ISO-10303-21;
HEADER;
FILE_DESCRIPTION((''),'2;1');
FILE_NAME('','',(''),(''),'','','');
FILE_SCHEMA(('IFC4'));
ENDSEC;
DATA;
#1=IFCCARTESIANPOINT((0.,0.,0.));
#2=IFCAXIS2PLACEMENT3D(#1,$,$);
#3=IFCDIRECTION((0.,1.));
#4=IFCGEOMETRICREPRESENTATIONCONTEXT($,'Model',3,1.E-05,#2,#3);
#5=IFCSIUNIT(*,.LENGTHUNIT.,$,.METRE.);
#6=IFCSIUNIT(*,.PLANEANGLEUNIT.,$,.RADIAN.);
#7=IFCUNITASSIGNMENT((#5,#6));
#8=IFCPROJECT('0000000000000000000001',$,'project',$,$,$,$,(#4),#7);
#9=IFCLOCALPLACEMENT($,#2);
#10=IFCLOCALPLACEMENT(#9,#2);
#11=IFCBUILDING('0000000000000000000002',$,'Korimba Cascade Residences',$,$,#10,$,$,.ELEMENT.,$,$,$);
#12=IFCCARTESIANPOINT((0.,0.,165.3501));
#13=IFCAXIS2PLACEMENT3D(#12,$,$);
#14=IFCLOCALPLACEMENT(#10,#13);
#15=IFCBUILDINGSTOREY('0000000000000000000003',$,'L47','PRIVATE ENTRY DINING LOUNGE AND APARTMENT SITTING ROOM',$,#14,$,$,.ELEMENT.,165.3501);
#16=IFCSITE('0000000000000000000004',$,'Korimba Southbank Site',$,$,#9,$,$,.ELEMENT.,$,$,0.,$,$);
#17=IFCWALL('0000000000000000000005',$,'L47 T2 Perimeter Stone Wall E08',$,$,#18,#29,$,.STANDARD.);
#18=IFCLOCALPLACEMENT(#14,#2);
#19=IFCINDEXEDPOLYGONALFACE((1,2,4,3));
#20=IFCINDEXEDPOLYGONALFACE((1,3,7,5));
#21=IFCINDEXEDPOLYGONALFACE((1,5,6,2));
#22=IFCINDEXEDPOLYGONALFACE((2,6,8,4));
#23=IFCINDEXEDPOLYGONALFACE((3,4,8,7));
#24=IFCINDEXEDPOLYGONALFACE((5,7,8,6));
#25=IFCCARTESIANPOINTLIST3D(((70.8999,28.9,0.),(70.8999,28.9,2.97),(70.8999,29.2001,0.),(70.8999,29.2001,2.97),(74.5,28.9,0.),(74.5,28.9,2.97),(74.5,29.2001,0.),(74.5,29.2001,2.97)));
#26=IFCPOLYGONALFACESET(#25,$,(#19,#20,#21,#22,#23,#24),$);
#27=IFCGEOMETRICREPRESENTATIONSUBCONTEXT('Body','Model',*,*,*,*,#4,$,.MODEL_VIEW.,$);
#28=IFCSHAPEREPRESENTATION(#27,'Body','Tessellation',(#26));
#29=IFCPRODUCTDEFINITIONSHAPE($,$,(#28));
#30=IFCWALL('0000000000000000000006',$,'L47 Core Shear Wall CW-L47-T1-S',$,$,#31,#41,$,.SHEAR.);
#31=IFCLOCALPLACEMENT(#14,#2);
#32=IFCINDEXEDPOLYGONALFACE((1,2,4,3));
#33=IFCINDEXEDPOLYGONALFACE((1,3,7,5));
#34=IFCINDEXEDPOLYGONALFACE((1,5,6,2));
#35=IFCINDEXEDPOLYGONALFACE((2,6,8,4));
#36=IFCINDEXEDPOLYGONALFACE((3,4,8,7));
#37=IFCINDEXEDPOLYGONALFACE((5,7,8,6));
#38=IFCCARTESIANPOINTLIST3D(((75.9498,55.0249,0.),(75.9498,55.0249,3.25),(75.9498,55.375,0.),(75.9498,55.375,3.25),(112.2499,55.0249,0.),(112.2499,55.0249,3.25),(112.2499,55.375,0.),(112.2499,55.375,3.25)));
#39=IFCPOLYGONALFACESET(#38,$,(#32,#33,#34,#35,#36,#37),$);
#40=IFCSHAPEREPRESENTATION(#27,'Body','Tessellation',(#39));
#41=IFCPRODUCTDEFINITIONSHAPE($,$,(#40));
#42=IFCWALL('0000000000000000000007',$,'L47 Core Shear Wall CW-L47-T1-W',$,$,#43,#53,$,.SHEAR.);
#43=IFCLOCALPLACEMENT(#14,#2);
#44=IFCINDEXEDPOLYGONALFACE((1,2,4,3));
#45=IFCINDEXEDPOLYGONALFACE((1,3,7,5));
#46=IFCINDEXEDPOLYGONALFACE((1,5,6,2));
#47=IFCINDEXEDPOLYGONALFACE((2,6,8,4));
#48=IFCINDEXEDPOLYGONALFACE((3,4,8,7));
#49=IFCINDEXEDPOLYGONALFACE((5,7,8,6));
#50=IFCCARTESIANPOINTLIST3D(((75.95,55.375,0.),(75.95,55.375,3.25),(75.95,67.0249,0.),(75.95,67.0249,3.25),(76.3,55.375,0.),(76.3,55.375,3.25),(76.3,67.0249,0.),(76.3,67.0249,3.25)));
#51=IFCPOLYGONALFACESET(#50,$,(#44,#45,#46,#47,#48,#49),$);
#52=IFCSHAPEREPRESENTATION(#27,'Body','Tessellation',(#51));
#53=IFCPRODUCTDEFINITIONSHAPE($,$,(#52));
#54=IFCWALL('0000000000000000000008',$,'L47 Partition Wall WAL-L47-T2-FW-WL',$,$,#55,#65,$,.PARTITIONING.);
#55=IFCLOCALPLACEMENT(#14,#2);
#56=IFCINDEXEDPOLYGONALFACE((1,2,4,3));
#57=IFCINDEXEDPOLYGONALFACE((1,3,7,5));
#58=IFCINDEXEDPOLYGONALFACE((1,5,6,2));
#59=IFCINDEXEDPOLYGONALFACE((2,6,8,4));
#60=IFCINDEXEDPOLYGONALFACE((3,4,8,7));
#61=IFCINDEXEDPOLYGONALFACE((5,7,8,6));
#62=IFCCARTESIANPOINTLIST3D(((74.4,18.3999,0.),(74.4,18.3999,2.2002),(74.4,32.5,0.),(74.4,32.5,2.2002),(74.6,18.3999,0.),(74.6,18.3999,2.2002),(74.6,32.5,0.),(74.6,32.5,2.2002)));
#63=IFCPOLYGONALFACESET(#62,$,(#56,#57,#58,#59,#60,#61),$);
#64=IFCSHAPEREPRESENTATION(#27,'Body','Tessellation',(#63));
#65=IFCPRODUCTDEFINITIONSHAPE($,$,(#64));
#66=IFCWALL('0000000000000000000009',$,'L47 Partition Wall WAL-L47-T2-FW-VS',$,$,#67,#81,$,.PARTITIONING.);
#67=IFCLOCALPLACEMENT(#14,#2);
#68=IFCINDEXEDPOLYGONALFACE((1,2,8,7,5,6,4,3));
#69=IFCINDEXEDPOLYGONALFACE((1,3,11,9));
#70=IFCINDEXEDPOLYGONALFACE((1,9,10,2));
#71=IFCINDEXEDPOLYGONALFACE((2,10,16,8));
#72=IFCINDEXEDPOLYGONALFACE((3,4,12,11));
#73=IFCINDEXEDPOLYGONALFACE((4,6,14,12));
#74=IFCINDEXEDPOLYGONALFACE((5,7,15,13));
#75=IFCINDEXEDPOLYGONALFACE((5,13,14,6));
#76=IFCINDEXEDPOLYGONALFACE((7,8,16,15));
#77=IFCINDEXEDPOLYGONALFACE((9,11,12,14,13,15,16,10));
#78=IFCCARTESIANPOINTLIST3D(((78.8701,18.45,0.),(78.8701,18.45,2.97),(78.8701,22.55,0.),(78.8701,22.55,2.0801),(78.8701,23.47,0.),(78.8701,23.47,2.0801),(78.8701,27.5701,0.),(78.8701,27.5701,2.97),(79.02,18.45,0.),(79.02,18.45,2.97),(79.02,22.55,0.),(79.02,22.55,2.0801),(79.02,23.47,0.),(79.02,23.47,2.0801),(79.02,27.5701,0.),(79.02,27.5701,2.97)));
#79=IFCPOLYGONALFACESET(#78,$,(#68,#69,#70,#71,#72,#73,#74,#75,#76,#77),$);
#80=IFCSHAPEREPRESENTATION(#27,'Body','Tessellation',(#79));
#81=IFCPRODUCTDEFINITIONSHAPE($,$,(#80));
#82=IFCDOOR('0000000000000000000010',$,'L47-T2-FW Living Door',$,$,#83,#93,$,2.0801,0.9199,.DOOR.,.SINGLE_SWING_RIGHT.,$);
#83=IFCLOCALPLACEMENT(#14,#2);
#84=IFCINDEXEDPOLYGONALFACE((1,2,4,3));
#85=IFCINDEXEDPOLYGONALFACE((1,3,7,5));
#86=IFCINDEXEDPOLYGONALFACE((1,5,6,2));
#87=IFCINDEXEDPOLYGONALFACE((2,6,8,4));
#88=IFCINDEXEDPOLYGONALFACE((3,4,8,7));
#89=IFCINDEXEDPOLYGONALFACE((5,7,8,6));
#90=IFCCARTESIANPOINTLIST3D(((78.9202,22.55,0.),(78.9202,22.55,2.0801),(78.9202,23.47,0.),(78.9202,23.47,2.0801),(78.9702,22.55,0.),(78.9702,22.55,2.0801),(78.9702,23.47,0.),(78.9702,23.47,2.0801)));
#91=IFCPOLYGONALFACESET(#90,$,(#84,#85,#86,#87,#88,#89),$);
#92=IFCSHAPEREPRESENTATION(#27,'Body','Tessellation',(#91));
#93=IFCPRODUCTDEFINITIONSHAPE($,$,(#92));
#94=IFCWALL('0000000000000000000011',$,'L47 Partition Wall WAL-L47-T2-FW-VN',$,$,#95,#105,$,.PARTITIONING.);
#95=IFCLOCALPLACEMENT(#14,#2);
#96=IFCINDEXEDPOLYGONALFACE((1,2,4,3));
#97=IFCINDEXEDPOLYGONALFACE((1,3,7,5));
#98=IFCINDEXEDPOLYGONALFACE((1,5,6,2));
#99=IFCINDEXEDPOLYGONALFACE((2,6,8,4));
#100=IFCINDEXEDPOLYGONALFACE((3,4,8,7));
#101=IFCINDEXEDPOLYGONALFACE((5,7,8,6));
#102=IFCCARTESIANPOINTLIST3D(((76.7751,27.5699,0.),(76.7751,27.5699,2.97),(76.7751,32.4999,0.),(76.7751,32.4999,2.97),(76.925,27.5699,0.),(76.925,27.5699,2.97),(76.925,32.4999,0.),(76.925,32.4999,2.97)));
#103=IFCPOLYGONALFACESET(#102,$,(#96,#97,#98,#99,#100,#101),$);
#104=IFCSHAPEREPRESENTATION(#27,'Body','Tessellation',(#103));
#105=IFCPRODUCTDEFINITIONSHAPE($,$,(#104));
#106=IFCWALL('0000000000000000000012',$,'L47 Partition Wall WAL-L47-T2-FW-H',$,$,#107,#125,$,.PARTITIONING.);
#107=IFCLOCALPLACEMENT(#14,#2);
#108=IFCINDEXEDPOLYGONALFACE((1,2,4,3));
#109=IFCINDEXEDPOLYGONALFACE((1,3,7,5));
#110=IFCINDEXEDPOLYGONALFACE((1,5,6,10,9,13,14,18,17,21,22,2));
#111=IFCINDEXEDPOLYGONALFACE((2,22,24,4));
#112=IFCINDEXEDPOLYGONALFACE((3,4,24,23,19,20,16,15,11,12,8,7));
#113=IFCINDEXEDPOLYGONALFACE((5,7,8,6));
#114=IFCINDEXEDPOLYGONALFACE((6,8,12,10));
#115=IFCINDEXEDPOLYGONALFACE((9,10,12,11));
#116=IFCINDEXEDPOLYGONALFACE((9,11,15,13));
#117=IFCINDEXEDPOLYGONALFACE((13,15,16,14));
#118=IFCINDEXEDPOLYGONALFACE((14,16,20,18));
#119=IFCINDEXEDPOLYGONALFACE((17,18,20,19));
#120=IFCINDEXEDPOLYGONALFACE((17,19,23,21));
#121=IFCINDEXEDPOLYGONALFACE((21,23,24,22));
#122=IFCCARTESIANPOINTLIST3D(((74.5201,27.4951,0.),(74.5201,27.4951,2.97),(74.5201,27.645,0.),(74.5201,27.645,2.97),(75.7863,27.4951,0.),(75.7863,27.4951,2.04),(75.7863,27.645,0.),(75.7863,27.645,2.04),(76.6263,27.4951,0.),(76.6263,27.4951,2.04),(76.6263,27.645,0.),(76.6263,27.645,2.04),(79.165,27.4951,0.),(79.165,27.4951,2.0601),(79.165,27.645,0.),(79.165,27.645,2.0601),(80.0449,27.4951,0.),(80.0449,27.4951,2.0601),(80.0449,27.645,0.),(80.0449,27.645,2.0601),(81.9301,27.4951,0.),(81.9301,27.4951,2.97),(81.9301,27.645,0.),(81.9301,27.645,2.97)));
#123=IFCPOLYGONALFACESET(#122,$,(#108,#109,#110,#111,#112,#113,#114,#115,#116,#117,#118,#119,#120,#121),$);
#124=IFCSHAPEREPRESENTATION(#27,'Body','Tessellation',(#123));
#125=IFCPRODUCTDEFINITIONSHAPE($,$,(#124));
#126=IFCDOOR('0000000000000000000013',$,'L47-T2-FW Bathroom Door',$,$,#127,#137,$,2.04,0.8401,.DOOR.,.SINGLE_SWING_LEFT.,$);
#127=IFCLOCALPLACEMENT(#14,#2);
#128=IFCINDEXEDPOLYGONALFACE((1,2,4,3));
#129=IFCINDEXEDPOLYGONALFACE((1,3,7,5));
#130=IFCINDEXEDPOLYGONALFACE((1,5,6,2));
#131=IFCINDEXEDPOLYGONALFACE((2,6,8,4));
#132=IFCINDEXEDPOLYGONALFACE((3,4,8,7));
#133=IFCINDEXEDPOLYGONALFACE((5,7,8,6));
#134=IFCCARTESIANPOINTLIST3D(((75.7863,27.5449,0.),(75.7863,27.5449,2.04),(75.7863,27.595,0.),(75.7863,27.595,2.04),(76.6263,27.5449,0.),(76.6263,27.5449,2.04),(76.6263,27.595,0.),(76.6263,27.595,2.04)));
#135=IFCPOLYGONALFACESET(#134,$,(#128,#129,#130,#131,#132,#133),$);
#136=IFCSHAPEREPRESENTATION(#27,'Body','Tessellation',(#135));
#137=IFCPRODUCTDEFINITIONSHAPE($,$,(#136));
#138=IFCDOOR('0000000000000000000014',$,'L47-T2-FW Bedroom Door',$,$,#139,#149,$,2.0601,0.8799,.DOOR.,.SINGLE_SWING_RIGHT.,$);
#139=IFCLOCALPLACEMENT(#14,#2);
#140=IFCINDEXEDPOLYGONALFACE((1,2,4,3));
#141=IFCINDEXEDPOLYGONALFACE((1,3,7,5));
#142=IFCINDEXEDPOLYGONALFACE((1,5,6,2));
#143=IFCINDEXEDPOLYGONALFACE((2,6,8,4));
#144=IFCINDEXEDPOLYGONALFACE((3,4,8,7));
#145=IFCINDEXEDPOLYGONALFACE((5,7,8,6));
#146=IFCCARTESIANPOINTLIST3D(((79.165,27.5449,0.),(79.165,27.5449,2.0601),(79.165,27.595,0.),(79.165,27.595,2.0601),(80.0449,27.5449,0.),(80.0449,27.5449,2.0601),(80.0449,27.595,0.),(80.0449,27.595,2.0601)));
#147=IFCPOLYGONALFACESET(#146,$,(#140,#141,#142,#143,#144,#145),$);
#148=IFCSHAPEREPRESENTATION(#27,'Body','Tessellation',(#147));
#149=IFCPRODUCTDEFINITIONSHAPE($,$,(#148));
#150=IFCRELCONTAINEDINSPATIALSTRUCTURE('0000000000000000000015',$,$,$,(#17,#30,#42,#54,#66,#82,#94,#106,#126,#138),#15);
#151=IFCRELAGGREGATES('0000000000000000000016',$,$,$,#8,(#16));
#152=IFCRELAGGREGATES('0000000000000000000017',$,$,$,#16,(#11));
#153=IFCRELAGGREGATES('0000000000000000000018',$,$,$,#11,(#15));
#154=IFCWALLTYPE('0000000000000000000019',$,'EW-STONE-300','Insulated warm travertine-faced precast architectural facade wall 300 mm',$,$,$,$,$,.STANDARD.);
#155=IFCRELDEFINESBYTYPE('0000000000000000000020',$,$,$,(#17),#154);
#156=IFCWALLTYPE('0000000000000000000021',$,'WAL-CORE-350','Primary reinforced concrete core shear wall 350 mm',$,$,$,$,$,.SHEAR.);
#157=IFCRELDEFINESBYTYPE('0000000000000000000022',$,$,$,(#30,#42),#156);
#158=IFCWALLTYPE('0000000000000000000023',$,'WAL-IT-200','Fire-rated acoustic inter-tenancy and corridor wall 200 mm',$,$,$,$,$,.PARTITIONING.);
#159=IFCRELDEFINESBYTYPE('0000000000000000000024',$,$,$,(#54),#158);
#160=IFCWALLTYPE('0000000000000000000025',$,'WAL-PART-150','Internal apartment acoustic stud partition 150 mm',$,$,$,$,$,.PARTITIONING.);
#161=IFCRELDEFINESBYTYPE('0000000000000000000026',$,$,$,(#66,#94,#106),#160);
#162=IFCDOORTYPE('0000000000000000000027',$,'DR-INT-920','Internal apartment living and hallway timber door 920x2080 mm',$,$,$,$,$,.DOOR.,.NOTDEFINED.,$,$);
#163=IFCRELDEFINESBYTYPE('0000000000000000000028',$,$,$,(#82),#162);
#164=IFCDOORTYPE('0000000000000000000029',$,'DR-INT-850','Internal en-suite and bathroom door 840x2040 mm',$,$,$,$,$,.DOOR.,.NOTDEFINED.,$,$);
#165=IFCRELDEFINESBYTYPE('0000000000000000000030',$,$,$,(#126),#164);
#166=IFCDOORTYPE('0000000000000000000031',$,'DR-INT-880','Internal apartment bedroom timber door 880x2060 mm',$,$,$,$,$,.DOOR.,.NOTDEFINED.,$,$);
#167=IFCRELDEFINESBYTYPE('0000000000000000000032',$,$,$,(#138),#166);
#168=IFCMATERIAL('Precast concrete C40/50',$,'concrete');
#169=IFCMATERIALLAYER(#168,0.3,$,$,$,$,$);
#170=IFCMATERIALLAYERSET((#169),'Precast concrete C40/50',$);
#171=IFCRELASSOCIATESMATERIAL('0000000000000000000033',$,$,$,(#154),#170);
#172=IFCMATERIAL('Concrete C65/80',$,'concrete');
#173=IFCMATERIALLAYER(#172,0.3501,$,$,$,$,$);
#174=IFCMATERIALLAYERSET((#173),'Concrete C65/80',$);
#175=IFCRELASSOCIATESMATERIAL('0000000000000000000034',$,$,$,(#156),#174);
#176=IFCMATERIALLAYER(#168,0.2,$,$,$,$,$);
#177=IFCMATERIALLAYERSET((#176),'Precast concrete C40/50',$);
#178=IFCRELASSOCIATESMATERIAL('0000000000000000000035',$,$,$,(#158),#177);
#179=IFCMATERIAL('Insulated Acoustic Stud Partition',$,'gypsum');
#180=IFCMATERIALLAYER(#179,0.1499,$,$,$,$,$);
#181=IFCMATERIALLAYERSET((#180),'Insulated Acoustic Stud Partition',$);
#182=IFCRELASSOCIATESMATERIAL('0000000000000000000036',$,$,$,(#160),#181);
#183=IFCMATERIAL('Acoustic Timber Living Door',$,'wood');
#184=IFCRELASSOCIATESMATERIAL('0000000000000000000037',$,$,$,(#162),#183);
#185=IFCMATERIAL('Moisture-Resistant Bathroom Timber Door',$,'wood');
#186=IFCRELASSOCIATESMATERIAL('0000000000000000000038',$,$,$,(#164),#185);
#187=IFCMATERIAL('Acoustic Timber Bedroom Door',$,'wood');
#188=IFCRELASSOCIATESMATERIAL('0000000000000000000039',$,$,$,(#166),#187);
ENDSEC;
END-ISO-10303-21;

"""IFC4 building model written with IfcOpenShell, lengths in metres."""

from ifc_helpers import new_model, si_unit, direction, frame, frame_2d, origin, place, context, subcontext, project, spatial, rectangle, extrude, material, layer, layer_set, type_object, element, fill, save


model = new_model("IFC4")

# Units and contexts
model_context = context("Model", 3, precision=1e-05, world=origin(), true_north=direction((0.0, 1.0)))
body_context = subcontext(model_context, "Body", "Model", "MODEL_VIEW")
ifc_project = project(units=[si_unit("LENGTHUNIT", "METRE"), si_unit("PLANEANGLEUNIT", "RADIAN")], contexts=[model_context])

# Site, building, storey
site_placement = place(None, origin())
site = spatial("IfcSite", under=ifc_project, at=site_placement, Name="Korimba Southbank Site", CompositionType="ELEMENT", RefElevation=0.0)
building_placement = place(site_placement, origin())
building = spatial("IfcBuilding", under=site, at=building_placement, Name="Korimba Cascade Residences", CompositionType="ELEMENT")
storey_placement = place(building_placement, frame((0.0, 0.0, 165.3501)))
storey = spatial("IfcBuildingStorey", under=building, at=storey_placement, Name="L47", Description="PRIVATE ENTRY DINING LOUNGE AND APARTMENT SITTING ROOM", CompositionType="ELEMENT", Elevation=165.3501)

# Shared definitions
ifc_material_1 = material(Name="Concrete C65/80", Category="concrete")

# Walls
ifc_material_2 = material(Name="Precast concrete C40/50", Category="concrete")
ifc_layer_1 = layer(ifc_material_2, 0.3)
ifc_layer_set_1 = layer_set([ifc_layer_1], Name="Precast concrete C40/50")
wall_type_1 = type_object("IfcWallType", Name="EW-STONE-300", Description="Insulated warm travertine-faced precast architectural facade wall 300 mm", PredefinedType="STANDARD", material=ifc_layer_set_1)
wall_1_placement = place(storey_placement, frame((74.5, 29.05, 0.0), z_axis=(0.0, 0.0, 1.0), x_axis=(-1.0, 0.0, 0.0)))
element("IfcWall", 1, at=wall_1_placement, inside=storey, type_object=wall_type_1, Name="L47 T2 Perimeter Stone Wall E08", PredefinedType="STANDARD", context=body_context, shape_type="SweptSolid", body=[
    extrude(rectangle(XDim=3.6001, YDim=0.3, at=frame_2d((1.8, 0.0))), origin(), (0.0, 0.0, 1.0), 2.97),
])
ifc_layer_2 = layer(ifc_material_1, 0.3501)
ifc_layer_set_2 = layer_set([ifc_layer_2], Name="Concrete C65/80")
wall_type_2 = type_object("IfcWallType", Name="WAL-CORE-350", Description="Primary reinforced concrete core shear wall 350 mm", PredefinedType="SHEAR", material=ifc_layer_set_2)
wall_2_placement = place(storey_placement, frame((75.95, 55.2, 0.0), z_axis=(0.0, 0.0, 1.0), x_axis=(1.0, 0.0, 0.0)))
element("IfcWall", 2, at=wall_2_placement, inside=storey, type_object=wall_type_2, Name="L47 Core Shear Wall CW-L47-T1-S", PredefinedType="SHEAR", context=body_context, shape_type="SweptSolid", body=[
    extrude(rectangle(XDim=36.3, YDim=0.3501, at=frame_2d((18.1499, 0.0))), origin(), (0.0, 0.0, 1.0), 3.25),
])
wall_3_placement = place(storey_placement, frame((76.125, 55.375, 0.0), z_axis=(0.0, 0.0, 1.0), x_axis=(0.0, 1.0, 0.0)))
element("IfcWall", 3, at=wall_3_placement, inside=storey, type_object=wall_type_2, Name="L47 Core Shear Wall CW-L47-T1-W", PredefinedType="SHEAR", context=body_context, shape_type="SweptSolid", body=[
    extrude(rectangle(XDim=11.6499, YDim=0.3501, at=frame_2d((5.825, 0.0))), origin(), (0.0, 0.0, 1.0), 3.25),
])
ifc_layer_3 = layer(ifc_material_2, 0.2)
ifc_layer_set_3 = layer_set([ifc_layer_3], Name="Precast concrete C40/50")
wall_type_3 = type_object("IfcWallType", Name="WAL-IT-200", Description="Fire-rated acoustic inter-tenancy and corridor wall 200 mm", PredefinedType="PARTITIONING", material=ifc_layer_set_3)
wall_4_placement = place(storey_placement, frame((74.5, 18.3999, 0.0), z_axis=(0.0, 0.0, 1.0), x_axis=(0.0, 1.0, 0.0)))
element("IfcWall", 4, at=wall_4_placement, inside=storey, type_object=wall_type_3, Name="L47 Partition Wall WAL-L47-T2-FW-WL", PredefinedType="PARTITIONING", context=body_context, shape_type="SweptSolid", body=[
    extrude(rectangle(XDim=14.1001, YDim=0.2, at=frame_2d((7.05, 0.0))), origin(), (0.0, 0.0, 1.0), 2.2002),
])

# Wall, opening, door
ifc_material_3 = material(Name="Insulated Acoustic Stud Partition", Category="gypsum")
ifc_layer_4 = layer(ifc_material_3, 0.1499)
ifc_layer_set_4 = layer_set([ifc_layer_4], Name="Insulated Acoustic Stud Partition")
wall_type_4 = type_object("IfcWallType", Name="WAL-PART-150", Description="Internal apartment acoustic stud partition 150 mm", PredefinedType="PARTITIONING", material=ifc_layer_set_4)
wall_5_placement = place(storey_placement, frame((78.9451, 18.45, 0.0), z_axis=(0.0, 0.0, 1.0), x_axis=(0.0, 1.0, 0.0)))
wall_5 = element("IfcWall", 5, at=wall_5_placement, inside=storey, type_object=wall_type_4, Name="L47 Partition Wall WAL-L47-T2-FW-VS", PredefinedType="PARTITIONING", context=body_context, shape_type="SweptSolid", body=[
    extrude(rectangle(XDim=9.1201, YDim=0.1499, at=frame_2d((4.5601, 0.0))), origin(), (0.0, 0.0, 1.0), 2.97),
])
opening_1_placement = place(wall_5_placement, frame((4.1001, 0.0, 0.0)))
opening_1 = element("IfcOpeningElement", 6, at=opening_1_placement, cuts=wall_5, PredefinedType="OPENING", context=body_context, shape_type="SweptSolid", body=[
    extrude(rectangle(XDim=0.9199, YDim=2.0801, at=frame_2d((0.46, 1.04))), frame((0.0, 0.085, 0.0), z_axis=(0.0, -1.0, 0.0), x_axis=(1.0, 0.0, 0.0)), (0.0, 0.0, 1.0), 0.1699),
])
ifc_material_4 = material(Name="Acoustic Timber Living Door", Category="wood")
door_type_1 = type_object("IfcDoorType", Name="DR-INT-920", Description="Internal apartment living and hallway timber door 920x2080 mm", OperationType="NOTDEFINED", PredefinedType="DOOR", material=ifc_material_4)
door_1_placement = place(opening_1_placement, origin())
door_1 = element("IfcDoor", 7, at=door_1_placement, inside=storey, type_object=door_type_1, Name="L47-T2-FW Living Door", OperationType="SINGLE_SWING_RIGHT", OverallHeight=2.0801, OverallWidth=0.9199, PredefinedType="DOOR", context=body_context, shape_type="SweptSolid", body=[
    extrude(rectangle(XDim=0.9199, YDim=2.0801, at=frame_2d((0.46, 1.04))), frame((0.0, 0.0249, 0.0), z_axis=(0.0, -1.0, 0.0), x_axis=(1.0, 0.0, 0.0)), (0.0, 0.0, 1.0), 0.05),
])
fill(opening_1, door_1)

# Wall
wall_6_placement = place(storey_placement, frame((76.8501, 27.5701, 0.0), z_axis=(0.0, 0.0, 1.0), x_axis=(0.0, 1.0, 0.0)))
element("IfcWall", 8, at=wall_6_placement, inside=storey, type_object=wall_type_4, Name="L47 Partition Wall WAL-L47-T2-FW-VN", PredefinedType="PARTITIONING", context=body_context, shape_type="SweptSolid", body=[
    extrude(rectangle(XDim=4.9299, YDim=0.1499, at=frame_2d((2.4648, 0.0))), origin(), (0.0, 0.0, 1.0), 2.97),
])

# Wall, openings, doors
wall_7_placement = place(storey_placement, frame((74.52, 27.5701, 0.0), z_axis=(0.0, 0.0, 1.0), x_axis=(1.0, 0.0, 0.0)))
wall_7 = element("IfcWall", 9, at=wall_7_placement, inside=storey, type_object=wall_type_4, Name="L47 Partition Wall WAL-L47-T2-FW-H", PredefinedType="PARTITIONING", context=body_context, shape_type="SweptSolid", body=[
    extrude(rectangle(XDim=7.4099, YDim=0.1499, at=frame_2d((3.7051, 0.0))), origin(), (0.0, 0.0, 1.0), 2.97),
])
opening_2_placement = place(wall_7_placement, frame((1.2664, 0.0, 0.0)))
opening_2 = element("IfcOpeningElement", 10, at=opening_2_placement, cuts=wall_7, PredefinedType="OPENING", context=body_context, shape_type="SweptSolid", body=[
    extrude(rectangle(XDim=0.8401, YDim=2.04, at=frame_2d((0.4199, 1.02))), frame((0.0, 0.085, 0.0), z_axis=(0.0, -1.0, 0.0), x_axis=(1.0, 0.0, 0.0)), (0.0, 0.0, 1.0), 0.1699),
])
opening_3_placement = place(wall_7_placement, frame((4.645, 0.0, 0.0)))
opening_3 = element("IfcOpeningElement", 11, at=opening_3_placement, cuts=wall_7, PredefinedType="OPENING", context=body_context, shape_type="SweptSolid", body=[
    extrude(rectangle(XDim=0.8799, YDim=2.0601, at=frame_2d((0.4399, 1.03))), frame((0.0, 0.085, 0.0), z_axis=(0.0, -1.0, 0.0), x_axis=(1.0, 0.0, 0.0)), (0.0, 0.0, 1.0), 0.1699),
])
ifc_material_5 = material(Name="Moisture-Resistant Bathroom Timber Door", Category="wood")
door_type_2 = type_object("IfcDoorType", Name="DR-INT-850", Description="Internal en-suite and bathroom door 840x2040 mm", OperationType="NOTDEFINED", PredefinedType="DOOR", material=ifc_material_5)
door_2_placement = place(opening_2_placement, origin())
door_2 = element("IfcDoor", 12, at=door_2_placement, inside=storey, type_object=door_type_2, Name="L47-T2-FW Bathroom Door", OperationType="SINGLE_SWING_LEFT", OverallHeight=2.04, OverallWidth=0.8401, PredefinedType="DOOR", context=body_context, shape_type="SweptSolid", body=[
    extrude(rectangle(XDim=0.8401, YDim=2.04, at=frame_2d((0.4199, 1.02))), frame((0.0, 0.0249, 0.0), z_axis=(0.0, -1.0, 0.0), x_axis=(1.0, 0.0, 0.0)), (0.0, 0.0, 1.0), 0.05),
])
fill(opening_2, door_2)
ifc_material_6 = material(Name="Acoustic Timber Bedroom Door", Category="wood")
door_type_3 = type_object("IfcDoorType", Name="DR-INT-880", Description="Internal apartment bedroom timber door 880x2060 mm", OperationType="NOTDEFINED", PredefinedType="DOOR", material=ifc_material_6)
door_3_placement = place(opening_3_placement, origin())
door_3 = element("IfcDoor", 13, at=door_3_placement, inside=storey, type_object=door_type_3, Name="L47-T2-FW Bedroom Door", OperationType="SINGLE_SWING_RIGHT", OverallHeight=2.0601, OverallWidth=0.8799, PredefinedType="DOOR", context=body_context, shape_type="SweptSolid", body=[
    extrude(rectangle(XDim=0.8799, YDim=2.0601, at=frame_2d((0.4399, 1.03))), frame((0.0, 0.0249, 0.0), z_axis=(0.0, -1.0, 0.0), x_axis=(1.0, 0.0, 0.0)), (0.0, 0.0, 1.0), 0.05),
])
fill(opening_3, door_3)

save(model, "model.ifc")
